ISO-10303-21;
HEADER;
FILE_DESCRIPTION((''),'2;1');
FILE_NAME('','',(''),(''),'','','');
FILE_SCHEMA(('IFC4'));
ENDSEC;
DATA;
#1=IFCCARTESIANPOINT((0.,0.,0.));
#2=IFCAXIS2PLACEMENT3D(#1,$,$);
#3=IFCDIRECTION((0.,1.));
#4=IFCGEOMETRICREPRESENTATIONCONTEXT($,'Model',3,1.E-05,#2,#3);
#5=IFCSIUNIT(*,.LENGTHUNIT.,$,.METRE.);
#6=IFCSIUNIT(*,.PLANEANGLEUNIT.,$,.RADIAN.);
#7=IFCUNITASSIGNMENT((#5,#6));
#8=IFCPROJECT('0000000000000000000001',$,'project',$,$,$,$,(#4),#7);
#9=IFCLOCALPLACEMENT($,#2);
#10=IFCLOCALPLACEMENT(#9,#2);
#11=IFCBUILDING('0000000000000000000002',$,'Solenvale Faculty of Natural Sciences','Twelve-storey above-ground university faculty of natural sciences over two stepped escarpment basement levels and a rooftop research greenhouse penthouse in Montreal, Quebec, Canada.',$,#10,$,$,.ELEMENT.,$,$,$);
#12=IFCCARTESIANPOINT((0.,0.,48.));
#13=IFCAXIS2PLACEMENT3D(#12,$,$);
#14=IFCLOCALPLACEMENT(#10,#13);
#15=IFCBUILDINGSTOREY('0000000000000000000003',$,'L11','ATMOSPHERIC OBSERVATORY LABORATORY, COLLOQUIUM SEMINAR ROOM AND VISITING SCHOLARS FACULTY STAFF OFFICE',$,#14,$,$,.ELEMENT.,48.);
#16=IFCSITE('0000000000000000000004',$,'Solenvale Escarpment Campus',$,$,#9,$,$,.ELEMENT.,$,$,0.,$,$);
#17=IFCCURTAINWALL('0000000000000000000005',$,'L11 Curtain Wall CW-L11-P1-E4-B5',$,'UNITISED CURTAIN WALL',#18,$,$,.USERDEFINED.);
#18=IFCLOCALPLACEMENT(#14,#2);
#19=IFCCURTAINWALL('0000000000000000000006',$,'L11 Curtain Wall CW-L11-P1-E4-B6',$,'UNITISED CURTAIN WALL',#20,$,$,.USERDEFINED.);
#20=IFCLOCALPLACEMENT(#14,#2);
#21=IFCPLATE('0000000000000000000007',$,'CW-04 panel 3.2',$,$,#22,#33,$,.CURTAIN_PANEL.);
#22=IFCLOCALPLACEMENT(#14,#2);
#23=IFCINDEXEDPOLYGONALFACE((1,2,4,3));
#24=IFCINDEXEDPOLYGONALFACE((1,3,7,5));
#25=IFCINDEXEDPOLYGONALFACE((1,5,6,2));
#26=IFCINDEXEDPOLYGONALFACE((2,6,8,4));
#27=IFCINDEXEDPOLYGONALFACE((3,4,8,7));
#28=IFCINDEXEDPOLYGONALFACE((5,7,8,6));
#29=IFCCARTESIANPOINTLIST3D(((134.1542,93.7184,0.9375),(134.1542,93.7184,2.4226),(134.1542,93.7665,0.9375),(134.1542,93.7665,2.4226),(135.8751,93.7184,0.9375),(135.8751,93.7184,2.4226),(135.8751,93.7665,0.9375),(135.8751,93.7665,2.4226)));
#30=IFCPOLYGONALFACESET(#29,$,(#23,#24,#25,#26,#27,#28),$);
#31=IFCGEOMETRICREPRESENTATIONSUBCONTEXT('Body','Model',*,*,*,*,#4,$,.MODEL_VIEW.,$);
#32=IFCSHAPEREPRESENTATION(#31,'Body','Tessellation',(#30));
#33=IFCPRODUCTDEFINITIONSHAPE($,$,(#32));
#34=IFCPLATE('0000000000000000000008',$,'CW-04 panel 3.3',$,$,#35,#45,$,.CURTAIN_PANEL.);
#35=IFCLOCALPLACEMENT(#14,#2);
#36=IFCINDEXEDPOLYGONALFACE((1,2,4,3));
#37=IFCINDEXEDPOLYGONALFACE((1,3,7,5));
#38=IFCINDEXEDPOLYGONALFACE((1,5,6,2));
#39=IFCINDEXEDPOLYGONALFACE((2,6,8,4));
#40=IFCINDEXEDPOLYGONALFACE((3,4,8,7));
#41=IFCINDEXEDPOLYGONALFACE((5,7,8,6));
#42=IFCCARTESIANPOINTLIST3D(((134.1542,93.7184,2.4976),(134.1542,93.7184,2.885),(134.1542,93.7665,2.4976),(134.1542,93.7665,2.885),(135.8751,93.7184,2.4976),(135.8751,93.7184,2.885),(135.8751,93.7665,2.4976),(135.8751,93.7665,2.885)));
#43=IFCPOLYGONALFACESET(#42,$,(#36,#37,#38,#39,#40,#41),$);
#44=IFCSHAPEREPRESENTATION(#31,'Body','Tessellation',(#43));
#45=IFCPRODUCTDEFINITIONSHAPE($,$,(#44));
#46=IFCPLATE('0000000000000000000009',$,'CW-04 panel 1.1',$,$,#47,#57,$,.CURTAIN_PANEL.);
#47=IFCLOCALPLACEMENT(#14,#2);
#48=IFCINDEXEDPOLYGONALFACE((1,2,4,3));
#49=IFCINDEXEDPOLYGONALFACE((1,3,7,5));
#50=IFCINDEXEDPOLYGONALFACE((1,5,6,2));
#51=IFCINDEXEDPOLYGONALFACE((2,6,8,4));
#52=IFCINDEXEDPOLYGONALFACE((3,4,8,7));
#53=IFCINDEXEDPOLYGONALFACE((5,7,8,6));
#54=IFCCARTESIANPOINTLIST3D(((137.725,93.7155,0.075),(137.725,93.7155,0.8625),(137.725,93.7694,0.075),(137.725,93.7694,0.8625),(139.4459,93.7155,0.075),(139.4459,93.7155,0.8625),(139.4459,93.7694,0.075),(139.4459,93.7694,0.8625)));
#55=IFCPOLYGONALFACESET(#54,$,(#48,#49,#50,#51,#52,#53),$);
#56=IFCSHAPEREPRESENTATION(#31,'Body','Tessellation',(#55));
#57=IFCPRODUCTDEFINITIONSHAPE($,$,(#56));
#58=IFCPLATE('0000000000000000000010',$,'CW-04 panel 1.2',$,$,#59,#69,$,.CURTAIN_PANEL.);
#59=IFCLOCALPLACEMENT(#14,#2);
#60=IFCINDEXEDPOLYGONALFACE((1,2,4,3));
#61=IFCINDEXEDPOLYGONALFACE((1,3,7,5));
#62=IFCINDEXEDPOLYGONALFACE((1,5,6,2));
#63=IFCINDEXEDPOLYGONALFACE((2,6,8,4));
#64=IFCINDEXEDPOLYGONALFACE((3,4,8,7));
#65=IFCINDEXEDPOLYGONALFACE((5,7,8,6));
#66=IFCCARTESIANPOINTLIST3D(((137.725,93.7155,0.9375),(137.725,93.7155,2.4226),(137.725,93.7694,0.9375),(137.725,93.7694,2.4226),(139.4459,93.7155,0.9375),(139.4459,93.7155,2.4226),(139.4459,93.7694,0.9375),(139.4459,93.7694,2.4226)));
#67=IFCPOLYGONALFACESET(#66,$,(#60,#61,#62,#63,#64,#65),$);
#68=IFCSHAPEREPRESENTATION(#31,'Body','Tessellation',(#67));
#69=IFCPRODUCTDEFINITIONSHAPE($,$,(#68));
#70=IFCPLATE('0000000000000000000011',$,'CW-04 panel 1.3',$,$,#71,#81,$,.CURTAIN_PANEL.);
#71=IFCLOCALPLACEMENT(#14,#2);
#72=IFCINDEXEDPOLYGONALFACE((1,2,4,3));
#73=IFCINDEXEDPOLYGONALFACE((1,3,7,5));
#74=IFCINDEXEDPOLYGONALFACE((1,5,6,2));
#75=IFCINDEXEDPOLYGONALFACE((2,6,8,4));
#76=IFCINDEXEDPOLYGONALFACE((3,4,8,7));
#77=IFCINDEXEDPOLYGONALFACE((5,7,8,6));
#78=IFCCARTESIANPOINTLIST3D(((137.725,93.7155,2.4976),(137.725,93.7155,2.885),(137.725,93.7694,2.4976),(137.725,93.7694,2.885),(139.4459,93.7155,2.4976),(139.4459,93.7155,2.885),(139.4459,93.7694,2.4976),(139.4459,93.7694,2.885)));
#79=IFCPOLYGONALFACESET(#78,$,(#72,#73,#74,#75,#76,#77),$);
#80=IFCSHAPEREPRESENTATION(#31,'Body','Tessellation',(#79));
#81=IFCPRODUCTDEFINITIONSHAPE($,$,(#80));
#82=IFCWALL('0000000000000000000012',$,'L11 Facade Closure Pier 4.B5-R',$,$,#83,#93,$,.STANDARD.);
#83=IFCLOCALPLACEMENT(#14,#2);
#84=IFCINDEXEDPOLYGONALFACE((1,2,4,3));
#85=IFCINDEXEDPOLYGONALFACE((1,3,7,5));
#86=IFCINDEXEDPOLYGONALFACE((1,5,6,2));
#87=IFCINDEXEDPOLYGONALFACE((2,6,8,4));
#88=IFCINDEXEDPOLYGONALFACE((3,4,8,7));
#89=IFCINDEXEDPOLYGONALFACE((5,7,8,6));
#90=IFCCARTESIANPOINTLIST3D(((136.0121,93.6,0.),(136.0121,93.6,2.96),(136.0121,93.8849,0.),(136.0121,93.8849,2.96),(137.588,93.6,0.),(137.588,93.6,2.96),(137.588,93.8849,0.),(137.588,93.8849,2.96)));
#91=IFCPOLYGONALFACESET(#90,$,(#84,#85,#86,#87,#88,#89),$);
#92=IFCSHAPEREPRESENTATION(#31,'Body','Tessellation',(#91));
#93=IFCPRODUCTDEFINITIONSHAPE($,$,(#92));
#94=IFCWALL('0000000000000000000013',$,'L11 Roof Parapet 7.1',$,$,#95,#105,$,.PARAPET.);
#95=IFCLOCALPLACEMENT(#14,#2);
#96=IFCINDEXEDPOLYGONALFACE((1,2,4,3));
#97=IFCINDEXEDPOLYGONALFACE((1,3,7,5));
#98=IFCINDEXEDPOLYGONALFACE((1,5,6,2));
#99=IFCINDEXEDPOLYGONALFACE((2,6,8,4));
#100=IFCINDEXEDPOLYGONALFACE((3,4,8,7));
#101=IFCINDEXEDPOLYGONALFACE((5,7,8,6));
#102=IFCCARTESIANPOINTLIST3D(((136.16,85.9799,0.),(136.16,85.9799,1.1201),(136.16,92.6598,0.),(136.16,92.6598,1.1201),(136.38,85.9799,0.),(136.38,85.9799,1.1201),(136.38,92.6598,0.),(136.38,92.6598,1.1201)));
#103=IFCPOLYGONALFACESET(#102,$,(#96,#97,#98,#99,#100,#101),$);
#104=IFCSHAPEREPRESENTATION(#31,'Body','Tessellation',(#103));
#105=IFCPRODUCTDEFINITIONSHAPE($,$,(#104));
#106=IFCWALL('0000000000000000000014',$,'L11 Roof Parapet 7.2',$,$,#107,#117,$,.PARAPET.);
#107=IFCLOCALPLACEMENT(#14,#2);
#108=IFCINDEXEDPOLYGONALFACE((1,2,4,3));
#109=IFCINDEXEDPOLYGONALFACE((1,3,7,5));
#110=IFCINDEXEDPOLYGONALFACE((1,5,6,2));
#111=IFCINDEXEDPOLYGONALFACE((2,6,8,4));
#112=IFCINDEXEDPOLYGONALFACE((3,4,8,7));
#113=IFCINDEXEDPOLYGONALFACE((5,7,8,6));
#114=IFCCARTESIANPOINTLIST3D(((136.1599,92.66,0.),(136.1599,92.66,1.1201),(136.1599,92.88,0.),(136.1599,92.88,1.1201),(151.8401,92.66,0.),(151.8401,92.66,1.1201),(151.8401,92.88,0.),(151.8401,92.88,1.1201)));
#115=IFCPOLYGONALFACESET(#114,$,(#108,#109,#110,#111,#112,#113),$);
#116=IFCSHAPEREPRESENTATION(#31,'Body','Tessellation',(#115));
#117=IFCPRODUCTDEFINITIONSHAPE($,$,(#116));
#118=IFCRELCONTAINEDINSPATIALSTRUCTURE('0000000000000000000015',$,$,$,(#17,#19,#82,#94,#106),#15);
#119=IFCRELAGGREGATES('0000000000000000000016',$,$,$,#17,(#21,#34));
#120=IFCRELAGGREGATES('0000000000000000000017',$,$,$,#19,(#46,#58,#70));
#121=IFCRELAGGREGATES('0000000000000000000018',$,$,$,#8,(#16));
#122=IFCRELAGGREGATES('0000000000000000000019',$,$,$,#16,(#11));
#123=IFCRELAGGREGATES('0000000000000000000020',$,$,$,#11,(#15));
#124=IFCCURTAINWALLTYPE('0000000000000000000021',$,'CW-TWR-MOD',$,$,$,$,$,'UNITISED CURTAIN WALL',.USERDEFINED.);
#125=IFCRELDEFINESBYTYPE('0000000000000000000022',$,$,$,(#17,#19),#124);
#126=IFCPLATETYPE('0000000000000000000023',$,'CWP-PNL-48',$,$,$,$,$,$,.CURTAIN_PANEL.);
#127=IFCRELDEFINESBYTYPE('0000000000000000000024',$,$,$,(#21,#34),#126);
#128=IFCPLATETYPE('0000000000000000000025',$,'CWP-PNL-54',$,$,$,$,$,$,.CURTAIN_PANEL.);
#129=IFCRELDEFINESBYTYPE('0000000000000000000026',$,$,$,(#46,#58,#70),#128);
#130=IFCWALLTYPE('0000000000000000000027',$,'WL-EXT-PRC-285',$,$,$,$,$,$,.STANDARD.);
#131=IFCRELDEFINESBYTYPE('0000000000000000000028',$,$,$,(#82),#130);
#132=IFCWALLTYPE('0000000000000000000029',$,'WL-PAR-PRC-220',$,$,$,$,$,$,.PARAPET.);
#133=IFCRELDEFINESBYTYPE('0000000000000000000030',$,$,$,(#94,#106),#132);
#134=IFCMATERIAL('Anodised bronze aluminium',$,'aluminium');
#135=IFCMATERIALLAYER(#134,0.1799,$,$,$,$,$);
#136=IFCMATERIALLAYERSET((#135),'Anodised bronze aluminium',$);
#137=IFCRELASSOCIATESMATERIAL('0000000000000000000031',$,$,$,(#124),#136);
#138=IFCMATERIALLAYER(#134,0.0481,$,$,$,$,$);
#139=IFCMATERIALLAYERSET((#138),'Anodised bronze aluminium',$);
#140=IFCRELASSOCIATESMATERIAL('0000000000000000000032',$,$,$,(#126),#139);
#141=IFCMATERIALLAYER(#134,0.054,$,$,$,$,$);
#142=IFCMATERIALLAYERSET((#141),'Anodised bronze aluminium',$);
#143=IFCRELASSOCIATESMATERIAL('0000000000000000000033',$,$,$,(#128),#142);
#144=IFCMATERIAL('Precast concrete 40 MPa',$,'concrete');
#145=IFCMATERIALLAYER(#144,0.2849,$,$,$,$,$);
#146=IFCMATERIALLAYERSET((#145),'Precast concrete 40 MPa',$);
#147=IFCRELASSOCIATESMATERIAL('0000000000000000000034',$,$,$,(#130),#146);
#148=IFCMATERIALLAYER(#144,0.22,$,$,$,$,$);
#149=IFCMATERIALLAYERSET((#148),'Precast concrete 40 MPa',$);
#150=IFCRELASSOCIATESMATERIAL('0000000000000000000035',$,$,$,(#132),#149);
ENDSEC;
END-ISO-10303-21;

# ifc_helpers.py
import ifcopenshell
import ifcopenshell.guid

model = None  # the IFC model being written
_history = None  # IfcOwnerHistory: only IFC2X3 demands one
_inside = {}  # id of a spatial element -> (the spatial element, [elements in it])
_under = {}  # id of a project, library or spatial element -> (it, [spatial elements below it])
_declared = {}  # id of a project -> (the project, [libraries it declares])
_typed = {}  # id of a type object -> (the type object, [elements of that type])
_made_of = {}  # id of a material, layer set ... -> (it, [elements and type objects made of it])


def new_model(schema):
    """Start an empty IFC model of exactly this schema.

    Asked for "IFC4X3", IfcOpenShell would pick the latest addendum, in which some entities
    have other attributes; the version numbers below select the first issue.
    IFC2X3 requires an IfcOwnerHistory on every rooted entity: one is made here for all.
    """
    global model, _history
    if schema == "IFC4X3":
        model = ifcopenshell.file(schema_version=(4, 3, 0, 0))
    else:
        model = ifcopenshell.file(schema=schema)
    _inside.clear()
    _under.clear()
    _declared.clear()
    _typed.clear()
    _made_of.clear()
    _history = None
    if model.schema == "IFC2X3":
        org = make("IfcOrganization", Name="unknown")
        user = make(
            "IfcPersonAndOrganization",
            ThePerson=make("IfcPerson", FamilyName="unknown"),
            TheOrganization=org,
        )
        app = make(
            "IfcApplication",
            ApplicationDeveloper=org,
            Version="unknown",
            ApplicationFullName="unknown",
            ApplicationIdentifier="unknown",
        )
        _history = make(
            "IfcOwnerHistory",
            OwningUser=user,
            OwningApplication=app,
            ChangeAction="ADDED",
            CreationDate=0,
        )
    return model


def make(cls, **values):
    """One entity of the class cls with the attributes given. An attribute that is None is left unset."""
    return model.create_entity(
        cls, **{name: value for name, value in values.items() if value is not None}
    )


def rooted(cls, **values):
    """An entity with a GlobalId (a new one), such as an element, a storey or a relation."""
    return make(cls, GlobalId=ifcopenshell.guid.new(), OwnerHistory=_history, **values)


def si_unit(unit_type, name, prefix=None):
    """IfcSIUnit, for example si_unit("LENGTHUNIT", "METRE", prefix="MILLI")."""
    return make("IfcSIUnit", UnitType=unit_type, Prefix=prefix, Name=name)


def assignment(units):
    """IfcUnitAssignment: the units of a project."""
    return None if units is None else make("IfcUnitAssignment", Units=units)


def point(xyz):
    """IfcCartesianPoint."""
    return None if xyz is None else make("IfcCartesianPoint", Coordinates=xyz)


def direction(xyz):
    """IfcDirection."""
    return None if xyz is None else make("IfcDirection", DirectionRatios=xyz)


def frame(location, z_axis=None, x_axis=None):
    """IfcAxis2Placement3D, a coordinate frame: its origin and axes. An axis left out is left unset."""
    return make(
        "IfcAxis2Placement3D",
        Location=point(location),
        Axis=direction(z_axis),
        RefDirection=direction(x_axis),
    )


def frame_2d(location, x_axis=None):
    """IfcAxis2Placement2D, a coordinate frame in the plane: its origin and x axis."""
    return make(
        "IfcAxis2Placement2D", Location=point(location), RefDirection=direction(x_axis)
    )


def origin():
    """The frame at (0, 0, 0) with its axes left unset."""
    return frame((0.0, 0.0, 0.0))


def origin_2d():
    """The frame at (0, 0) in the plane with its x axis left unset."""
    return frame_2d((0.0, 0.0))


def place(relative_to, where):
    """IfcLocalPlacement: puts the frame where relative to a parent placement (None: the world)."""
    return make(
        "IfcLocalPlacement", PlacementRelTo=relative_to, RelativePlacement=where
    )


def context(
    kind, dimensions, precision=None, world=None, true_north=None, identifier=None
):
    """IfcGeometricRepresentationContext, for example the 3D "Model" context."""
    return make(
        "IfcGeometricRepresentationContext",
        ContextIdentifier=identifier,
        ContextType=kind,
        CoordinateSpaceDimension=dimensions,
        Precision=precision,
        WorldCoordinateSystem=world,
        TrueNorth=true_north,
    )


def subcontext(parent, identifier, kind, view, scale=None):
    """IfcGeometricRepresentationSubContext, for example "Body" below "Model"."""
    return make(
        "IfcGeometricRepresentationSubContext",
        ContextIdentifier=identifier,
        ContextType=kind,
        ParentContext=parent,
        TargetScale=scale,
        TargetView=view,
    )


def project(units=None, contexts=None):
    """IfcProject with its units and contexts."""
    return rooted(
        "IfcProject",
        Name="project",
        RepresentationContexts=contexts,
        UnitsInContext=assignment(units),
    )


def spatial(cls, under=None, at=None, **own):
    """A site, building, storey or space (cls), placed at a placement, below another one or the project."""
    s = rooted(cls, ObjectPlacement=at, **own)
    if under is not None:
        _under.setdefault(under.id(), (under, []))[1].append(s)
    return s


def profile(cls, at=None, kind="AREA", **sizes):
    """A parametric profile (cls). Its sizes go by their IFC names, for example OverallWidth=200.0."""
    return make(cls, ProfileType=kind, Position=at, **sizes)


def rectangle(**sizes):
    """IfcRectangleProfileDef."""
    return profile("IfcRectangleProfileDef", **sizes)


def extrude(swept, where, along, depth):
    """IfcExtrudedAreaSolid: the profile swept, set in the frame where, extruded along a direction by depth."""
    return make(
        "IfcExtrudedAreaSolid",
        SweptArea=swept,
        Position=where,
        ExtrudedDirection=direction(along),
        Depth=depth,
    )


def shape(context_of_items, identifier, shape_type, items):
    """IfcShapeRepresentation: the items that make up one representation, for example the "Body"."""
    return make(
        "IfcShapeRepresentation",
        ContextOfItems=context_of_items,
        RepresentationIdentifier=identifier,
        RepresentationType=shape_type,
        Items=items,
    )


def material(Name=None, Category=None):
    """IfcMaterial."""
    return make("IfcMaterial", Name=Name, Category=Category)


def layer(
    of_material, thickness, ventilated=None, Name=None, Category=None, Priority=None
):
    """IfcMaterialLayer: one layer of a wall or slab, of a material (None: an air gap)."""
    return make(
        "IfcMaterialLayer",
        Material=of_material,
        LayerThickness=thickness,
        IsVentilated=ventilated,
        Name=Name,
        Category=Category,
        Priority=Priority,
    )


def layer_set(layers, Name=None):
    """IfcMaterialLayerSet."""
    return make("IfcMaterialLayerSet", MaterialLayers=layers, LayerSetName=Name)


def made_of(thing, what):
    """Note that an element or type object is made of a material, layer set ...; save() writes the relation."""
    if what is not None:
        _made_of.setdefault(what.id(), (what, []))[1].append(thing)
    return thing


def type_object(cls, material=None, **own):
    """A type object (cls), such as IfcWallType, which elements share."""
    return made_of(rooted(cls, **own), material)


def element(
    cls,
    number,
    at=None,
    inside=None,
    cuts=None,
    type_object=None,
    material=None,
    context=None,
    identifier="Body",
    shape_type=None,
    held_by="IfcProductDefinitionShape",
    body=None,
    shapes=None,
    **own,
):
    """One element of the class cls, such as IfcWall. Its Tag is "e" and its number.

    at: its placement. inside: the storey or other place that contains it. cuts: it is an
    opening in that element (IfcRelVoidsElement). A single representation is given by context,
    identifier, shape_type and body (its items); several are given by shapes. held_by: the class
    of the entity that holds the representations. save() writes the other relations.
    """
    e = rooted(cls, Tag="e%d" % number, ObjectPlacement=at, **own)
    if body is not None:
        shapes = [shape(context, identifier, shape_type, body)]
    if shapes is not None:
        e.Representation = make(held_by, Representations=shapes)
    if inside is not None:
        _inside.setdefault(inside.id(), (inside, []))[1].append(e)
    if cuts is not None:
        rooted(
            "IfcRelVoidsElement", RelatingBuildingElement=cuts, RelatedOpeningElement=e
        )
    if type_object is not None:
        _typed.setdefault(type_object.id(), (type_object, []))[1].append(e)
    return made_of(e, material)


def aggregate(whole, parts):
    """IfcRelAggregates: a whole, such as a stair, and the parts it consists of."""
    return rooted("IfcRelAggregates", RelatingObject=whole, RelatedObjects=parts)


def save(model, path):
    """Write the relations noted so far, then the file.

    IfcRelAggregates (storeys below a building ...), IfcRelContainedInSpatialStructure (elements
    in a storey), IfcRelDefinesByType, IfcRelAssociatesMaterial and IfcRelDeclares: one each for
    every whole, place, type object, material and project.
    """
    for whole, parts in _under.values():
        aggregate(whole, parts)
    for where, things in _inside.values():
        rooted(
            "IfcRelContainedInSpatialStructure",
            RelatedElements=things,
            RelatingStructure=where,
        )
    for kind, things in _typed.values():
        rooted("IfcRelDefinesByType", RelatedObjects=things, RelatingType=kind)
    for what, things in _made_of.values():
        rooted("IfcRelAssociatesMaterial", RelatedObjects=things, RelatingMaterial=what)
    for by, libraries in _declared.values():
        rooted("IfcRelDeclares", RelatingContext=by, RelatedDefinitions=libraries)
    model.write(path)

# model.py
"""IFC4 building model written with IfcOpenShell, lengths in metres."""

from ifc_helpers import new_model, si_unit, direction, frame, frame_2d, origin, origin_2d, place, context, subcontext, project, spatial, rectangle, extrude, material, layer, layer_set, type_object, element, aggregate, save


model = new_model("IFC4")

# Units and contexts
model_context = context("Model", 3, precision=1e-05, world=origin(), true_north=direction((0.0, 1.0)))
body_context = subcontext(model_context, "Body", "Model", "MODEL_VIEW")
ifc_project = project(units=[si_unit("LENGTHUNIT", "METRE"), si_unit("PLANEANGLEUNIT", "RADIAN")], contexts=[model_context])

# Site, building, storey
site_placement = place(None, origin())
site = spatial("IfcSite", under=ifc_project, at=site_placement, Name="Solenvale Escarpment Campus", CompositionType="ELEMENT", RefElevation=0.0)
building_placement = place(site_placement, origin())
building = spatial("IfcBuilding", under=site, at=building_placement, Name="Solenvale Faculty of Natural Sciences", Description="Twelve-storey above-ground university faculty of natural sciences over two stepped escarpment basement levels and a rooftop research greenhouse penthouse in Montreal, Quebec, Canada.", CompositionType="ELEMENT")
storey_placement = place(building_placement, frame((0.0, 0.0, 48.0)))
storey = spatial("IfcBuildingStorey", under=building, at=storey_placement, Name="L11", Description="ATMOSPHERIC OBSERVATORY LABORATORY, COLLOQUIUM SEMINAR ROOM AND VISITING SCHOLARS FACULTY STAFF OFFICE", CompositionType="ELEMENT", Elevation=48.0)

# Curtain wall
ifc_material_1 = material(Name="Anodised bronze aluminium", Category="aluminium")
ifc_layer_1 = layer(ifc_material_1, 0.1799)
ifc_layer_set_1 = layer_set([ifc_layer_1], Name="Anodised bronze aluminium")
curtain_wall_type = type_object("IfcCurtainWallType", Name="CW-TWR-MOD", ElementType="UNITISED CURTAIN WALL", PredefinedType="USERDEFINED", material=ifc_layer_set_1)
curtain_wall_1_placement = place(storey_placement, origin())
curtain_wall_1 = element("IfcCurtainWall", 1, at=curtain_wall_1_placement, inside=storey, type_object=curtain_wall_type, Name="L11 Curtain Wall CW-L11-P1-E4-B5", ObjectType="UNITISED CURTAIN WALL", PredefinedType="USERDEFINED")

# Curtain wall
curtain_wall_2_placement = place(storey_placement, origin())
curtain_wall_2 = element("IfcCurtainWall", 2, at=curtain_wall_2_placement, inside=storey, type_object=curtain_wall_type, Name="L11 Curtain Wall CW-L11-P1-E4-B6", ObjectType="UNITISED CURTAIN WALL", PredefinedType="USERDEFINED")

# Plates
ifc_layer_2 = layer(ifc_material_1, 0.0481)
ifc_layer_set_2 = layer_set([ifc_layer_2], Name="Anodised bronze aluminium")
plate_type_1 = type_object("IfcPlateType", Name="CWP-PNL-48", PredefinedType="CURTAIN_PANEL", material=ifc_layer_set_2)
plate_1_placement = place(storey_placement, frame((135.0146, 93.7424, 0.9375), z_axis=(0.0, 0.0, 1.0), x_axis=(1.0, 0.0, 0.0)))
plate_1 = element("IfcPlate", 3, at=plate_1_placement, type_object=plate_type_1, Name="CW-04 panel 3.2", PredefinedType="CURTAIN_PANEL", context=body_context, shape_type="SweptSolid", body=[
    extrude(rectangle(XDim=1.7209, YDim=0.0481, at=origin_2d()), origin(), (0.0, 0.0, 1.0), 1.4851),
])
plate_2_placement = place(storey_placement, frame((135.0146, 93.7424, 2.4976), z_axis=(0.0, 0.0, 1.0), x_axis=(1.0, 0.0, 0.0)))
plate_2 = element("IfcPlate", 4, at=plate_2_placement, type_object=plate_type_1, Name="CW-04 panel 3.3", PredefinedType="CURTAIN_PANEL", context=body_context, shape_type="SweptSolid", body=[
    extrude(rectangle(XDim=1.7209, YDim=0.0481, at=origin_2d()), origin(), (0.0, 0.0, 1.0), 0.3875),
])
aggregate(curtain_wall_1, [plate_1, plate_2])
ifc_layer_3 = layer(ifc_material_1, 0.054)
ifc_layer_set_3 = layer_set([ifc_layer_3], Name="Anodised bronze aluminium")
plate_type_2 = type_object("IfcPlateType", Name="CWP-PNL-54", PredefinedType="CURTAIN_PANEL", material=ifc_layer_set_3)
plate_3_placement = place(storey_placement, frame((138.5854, 93.7424, 0.075), z_axis=(0.0, 0.0, 1.0), x_axis=(1.0, 0.0, 0.0)))
plate_3 = element("IfcPlate", 5, at=plate_3_placement, type_object=plate_type_2, Name="CW-04 panel 1.1", PredefinedType="CURTAIN_PANEL", context=body_context, shape_type="SweptSolid", body=[
    extrude(rectangle(XDim=1.7209, YDim=0.054, at=origin_2d()), origin(), (0.0, 0.0, 1.0), 0.7876),
])
plate_4_placement = place(storey_placement, frame((138.5854, 93.7424, 0.9375), z_axis=(0.0, 0.0, 1.0), x_axis=(1.0, 0.0, 0.0)))
plate_4 = element("IfcPlate", 6, at=plate_4_placement, type_object=plate_type_2, Name="CW-04 panel 1.2", PredefinedType="CURTAIN_PANEL", context=body_context, shape_type="SweptSolid", body=[
    extrude(rectangle(XDim=1.7209, YDim=0.054, at=origin_2d()), origin(), (0.0, 0.0, 1.0), 1.4851),
])
plate_5_placement = place(storey_placement, frame((138.5854, 93.7424, 2.4976), z_axis=(0.0, 0.0, 1.0), x_axis=(1.0, 0.0, 0.0)))
plate_5 = element("IfcPlate", 7, at=plate_5_placement, type_object=plate_type_2, Name="CW-04 panel 1.3", PredefinedType="CURTAIN_PANEL", context=body_context, shape_type="SweptSolid", body=[
    extrude(rectangle(XDim=1.7209, YDim=0.054, at=origin_2d()), origin(), (0.0, 0.0, 1.0), 0.3875),
])
aggregate(curtain_wall_2, [plate_3, plate_4, plate_5])

# Walls
ifc_material_2 = material(Name="Precast concrete 40 MPa", Category="concrete")
ifc_layer_4 = layer(ifc_material_2, 0.2849)
ifc_layer_set_4 = layer_set([ifc_layer_4], Name="Precast concrete 40 MPa")
wall_type_1 = type_object("IfcWallType", Name="WL-EXT-PRC-285", PredefinedType="STANDARD", material=ifc_layer_set_4)
wall_1_placement = place(storey_placement, frame((136.012, 93.7424, 0.0), z_axis=(0.0, 0.0, 1.0), x_axis=(1.0, 0.0, 0.0)))
element("IfcWall", 8, at=wall_1_placement, inside=storey, type_object=wall_type_1, Name="L11 Facade Closure Pier 4.B5-R", PredefinedType="STANDARD", context=body_context, shape_type="SweptSolid", body=[
    extrude(rectangle(XDim=1.5759, YDim=0.2849, at=frame_2d((0.7881, 0.0))), origin(), (0.0, 0.0, 1.0), 2.96),
])
ifc_layer_5 = layer(ifc_material_2, 0.22)
ifc_layer_set_5 = layer_set([ifc_layer_5], Name="Precast concrete 40 MPa")
wall_type_2 = type_object("IfcWallType", Name="WL-PAR-PRC-220", PredefinedType="PARAPET", material=ifc_layer_set_5)
wall_2_placement = place(storey_placement, frame((136.27, 85.98, 0.0), z_axis=(0.0, 0.0, 1.0), x_axis=(0.0, 1.0, 0.0)))
element("IfcWall", 9, at=wall_2_placement, inside=storey, type_object=wall_type_2, Name="L11 Roof Parapet 7.1", PredefinedType="PARAPET", context=body_context, shape_type="SweptSolid", body=[
    extrude(rectangle(XDim=6.6799, YDim=0.22, at=frame_2d((3.3398, 0.0))), origin(), (0.0, 0.0, 1.0), 1.1201),
])
wall_3_placement = place(storey_placement, frame((136.1599, 92.77, 0.0), z_axis=(0.0, 0.0, 1.0), x_axis=(1.0, 0.0, 0.0)))
element("IfcWall", 10, at=wall_3_placement, inside=storey, type_object=wall_type_2, Name="L11 Roof Parapet 7.2", PredefinedType="PARAPET", context=body_context, shape_type="SweptSolid", body=[
    extrude(rectangle(XDim=15.6802, YDim=0.22, at=frame_2d((7.8401, 0.0))), origin(), (0.0, 0.0, 1.0), 1.1201),
])

save(model, "model.ifc")
